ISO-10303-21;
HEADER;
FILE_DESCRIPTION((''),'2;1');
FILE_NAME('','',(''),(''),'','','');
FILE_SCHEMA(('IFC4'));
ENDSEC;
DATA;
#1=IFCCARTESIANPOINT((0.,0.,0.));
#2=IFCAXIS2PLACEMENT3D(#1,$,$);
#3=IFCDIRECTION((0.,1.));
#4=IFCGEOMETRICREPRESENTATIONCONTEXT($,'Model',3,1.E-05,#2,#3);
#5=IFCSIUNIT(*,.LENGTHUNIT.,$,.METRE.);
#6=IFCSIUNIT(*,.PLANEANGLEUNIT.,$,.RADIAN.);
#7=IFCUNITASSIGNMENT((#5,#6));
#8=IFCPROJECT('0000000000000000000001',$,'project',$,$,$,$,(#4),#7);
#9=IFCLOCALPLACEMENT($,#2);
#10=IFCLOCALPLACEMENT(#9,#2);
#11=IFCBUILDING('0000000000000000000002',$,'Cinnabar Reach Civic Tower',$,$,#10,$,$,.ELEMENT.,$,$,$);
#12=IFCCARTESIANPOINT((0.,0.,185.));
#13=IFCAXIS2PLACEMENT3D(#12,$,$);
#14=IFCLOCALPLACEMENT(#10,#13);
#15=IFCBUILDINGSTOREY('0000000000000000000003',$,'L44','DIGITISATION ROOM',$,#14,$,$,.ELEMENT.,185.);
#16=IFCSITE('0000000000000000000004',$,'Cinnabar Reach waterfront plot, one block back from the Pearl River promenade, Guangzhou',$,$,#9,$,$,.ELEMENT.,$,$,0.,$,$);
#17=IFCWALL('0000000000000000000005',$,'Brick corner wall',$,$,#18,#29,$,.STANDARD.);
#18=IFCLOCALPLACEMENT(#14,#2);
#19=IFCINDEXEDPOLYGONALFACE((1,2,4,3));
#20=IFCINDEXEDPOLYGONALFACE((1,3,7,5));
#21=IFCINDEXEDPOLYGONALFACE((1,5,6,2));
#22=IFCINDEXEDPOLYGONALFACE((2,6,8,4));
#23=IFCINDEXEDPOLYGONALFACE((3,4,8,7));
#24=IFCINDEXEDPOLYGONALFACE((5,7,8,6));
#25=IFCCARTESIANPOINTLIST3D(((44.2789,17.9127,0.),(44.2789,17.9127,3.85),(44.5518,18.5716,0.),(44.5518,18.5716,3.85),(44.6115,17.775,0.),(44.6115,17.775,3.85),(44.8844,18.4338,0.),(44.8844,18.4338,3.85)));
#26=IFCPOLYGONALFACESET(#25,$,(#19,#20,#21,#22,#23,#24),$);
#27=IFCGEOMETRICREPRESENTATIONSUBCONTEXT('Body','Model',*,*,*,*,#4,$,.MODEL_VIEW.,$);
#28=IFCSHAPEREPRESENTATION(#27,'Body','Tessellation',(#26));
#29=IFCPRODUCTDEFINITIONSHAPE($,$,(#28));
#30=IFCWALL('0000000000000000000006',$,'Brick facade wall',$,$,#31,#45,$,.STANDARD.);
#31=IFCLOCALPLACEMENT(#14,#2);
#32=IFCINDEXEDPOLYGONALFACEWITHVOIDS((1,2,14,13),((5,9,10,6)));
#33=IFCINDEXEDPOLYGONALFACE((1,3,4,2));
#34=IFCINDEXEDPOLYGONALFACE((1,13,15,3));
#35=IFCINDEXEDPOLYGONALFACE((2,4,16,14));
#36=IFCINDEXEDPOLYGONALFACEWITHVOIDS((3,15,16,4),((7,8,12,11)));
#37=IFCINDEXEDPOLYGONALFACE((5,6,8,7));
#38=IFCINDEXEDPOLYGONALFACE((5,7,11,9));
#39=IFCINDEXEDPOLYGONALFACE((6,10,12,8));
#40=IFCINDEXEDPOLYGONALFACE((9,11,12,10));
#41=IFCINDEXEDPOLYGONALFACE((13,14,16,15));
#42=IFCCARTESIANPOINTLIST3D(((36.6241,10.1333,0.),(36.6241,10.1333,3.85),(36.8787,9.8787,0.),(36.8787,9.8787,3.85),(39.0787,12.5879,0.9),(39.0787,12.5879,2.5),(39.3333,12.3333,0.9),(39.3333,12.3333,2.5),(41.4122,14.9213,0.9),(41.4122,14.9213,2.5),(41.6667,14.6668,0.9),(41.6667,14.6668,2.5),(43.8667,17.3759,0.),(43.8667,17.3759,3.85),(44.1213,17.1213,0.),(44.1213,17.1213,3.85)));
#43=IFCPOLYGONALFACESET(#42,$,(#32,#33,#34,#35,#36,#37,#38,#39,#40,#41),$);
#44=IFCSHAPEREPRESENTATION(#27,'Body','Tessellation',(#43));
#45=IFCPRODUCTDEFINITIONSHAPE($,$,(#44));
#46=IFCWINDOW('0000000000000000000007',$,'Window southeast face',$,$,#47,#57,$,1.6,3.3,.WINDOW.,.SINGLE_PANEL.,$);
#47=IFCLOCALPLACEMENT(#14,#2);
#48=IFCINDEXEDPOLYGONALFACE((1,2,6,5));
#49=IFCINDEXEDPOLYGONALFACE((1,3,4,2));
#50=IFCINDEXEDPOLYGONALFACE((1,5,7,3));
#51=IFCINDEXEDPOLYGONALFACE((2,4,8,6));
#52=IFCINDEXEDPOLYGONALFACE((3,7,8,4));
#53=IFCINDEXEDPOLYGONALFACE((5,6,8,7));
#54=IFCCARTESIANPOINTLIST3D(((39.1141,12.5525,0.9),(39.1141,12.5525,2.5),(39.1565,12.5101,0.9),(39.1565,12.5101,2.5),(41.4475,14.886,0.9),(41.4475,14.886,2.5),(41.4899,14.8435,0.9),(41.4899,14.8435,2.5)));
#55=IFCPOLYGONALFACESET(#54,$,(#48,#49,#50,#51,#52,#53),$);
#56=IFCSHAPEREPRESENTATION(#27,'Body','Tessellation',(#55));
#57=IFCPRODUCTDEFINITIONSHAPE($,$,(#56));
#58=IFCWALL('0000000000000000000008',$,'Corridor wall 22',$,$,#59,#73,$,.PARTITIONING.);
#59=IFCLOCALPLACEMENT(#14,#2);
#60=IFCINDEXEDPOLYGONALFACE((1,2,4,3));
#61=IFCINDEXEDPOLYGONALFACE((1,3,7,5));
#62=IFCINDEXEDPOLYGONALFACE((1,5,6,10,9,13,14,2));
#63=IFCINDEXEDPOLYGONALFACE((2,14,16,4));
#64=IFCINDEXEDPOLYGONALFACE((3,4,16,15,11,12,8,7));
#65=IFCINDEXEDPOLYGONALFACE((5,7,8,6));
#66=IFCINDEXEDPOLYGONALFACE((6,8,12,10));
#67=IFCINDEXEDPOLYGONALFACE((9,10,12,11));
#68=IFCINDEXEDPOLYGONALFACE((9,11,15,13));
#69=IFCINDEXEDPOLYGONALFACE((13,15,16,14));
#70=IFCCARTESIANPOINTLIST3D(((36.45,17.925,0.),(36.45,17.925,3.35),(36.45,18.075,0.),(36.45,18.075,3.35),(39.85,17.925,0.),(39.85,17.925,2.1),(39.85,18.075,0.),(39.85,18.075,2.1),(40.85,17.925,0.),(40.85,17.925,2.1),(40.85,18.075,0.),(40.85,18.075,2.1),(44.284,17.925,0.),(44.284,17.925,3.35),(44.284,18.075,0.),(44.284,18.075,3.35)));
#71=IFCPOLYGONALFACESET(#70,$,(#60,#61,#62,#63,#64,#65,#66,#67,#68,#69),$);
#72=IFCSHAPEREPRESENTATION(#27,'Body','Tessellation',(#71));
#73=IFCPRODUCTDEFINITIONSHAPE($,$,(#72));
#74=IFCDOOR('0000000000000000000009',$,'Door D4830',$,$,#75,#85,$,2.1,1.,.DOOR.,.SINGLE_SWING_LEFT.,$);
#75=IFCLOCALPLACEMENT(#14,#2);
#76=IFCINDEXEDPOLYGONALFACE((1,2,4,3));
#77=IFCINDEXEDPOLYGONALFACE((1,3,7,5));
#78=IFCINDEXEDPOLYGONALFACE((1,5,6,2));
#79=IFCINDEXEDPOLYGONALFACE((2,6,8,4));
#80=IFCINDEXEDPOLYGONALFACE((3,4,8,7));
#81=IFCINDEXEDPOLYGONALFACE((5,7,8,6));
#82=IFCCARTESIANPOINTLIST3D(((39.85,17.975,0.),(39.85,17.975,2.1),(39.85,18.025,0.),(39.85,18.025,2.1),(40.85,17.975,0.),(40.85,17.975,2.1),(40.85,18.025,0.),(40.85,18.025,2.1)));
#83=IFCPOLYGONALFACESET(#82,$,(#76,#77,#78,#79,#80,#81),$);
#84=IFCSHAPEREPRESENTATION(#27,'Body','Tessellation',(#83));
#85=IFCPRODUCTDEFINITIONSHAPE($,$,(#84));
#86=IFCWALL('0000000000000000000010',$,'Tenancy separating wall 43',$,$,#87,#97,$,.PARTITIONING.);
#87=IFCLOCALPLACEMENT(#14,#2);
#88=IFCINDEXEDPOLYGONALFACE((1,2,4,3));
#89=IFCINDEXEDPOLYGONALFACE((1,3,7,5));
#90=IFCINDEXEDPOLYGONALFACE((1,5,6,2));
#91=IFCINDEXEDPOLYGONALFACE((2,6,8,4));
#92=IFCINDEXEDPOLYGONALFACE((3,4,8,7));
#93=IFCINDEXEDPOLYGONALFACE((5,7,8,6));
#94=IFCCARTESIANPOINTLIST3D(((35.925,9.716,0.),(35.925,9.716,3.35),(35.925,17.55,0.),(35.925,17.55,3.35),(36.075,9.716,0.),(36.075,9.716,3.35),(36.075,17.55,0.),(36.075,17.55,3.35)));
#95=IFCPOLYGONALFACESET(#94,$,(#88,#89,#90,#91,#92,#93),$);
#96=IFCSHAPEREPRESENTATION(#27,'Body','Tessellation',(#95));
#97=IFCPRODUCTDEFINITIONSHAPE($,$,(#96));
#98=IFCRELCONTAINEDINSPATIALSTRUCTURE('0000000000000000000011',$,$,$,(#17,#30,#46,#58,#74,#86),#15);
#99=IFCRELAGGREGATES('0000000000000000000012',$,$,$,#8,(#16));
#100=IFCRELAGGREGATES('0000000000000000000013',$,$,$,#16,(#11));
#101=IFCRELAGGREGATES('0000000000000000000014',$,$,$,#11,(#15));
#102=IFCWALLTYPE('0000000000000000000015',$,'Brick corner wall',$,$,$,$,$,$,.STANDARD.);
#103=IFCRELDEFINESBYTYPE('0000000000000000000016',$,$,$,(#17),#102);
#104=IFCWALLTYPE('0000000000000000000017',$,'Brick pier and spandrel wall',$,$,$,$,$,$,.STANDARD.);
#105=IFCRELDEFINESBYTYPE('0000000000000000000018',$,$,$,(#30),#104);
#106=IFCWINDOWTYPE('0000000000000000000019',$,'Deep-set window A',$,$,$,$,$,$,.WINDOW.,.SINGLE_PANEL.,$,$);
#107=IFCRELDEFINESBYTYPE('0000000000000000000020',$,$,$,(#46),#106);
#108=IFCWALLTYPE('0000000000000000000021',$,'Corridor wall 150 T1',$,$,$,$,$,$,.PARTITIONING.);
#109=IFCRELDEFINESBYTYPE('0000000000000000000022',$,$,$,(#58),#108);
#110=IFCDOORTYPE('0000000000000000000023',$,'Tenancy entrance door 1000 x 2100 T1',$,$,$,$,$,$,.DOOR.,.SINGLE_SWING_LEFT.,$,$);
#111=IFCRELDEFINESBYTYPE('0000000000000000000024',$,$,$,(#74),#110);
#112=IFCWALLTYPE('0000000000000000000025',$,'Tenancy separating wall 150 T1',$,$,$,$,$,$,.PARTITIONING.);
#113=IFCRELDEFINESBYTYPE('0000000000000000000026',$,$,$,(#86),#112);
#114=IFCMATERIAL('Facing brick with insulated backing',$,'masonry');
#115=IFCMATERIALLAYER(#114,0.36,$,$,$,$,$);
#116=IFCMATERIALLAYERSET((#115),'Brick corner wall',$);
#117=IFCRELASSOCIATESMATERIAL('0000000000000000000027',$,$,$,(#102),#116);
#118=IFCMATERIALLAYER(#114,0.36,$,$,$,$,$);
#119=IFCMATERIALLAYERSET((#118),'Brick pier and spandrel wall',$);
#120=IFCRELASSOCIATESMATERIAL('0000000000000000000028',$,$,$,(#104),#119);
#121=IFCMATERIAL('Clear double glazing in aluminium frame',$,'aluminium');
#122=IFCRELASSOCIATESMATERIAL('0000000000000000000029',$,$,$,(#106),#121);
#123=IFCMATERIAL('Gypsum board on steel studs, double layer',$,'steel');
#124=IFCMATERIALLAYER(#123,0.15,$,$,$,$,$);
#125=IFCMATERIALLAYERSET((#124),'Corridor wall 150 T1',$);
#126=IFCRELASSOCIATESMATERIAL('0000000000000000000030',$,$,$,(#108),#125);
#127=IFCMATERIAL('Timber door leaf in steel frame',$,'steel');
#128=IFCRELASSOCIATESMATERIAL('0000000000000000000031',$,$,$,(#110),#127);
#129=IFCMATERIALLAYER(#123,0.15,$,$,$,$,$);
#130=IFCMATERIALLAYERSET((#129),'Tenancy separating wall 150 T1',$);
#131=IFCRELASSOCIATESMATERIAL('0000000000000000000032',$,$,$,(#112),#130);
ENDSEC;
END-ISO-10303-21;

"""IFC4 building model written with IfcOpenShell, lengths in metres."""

from ifc_helpers import new_model, si_unit, direction, frame, frame_2d, origin, place, context, subcontext, project, spatial, rectangle, extrude, material, layer, layer_set, type_object, element, fill, save


model = new_model("IFC4")

# Units and contexts
model_context = context("Model", 3, precision=1e-05, world=origin(), true_north=direction((0.0, 1.0)))
body_context = subcontext(model_context, "Body", "Model", "MODEL_VIEW")
ifc_project = project(units=[si_unit("LENGTHUNIT", "METRE"), si_unit("PLANEANGLEUNIT", "RADIAN")], contexts=[model_context])

# Site, building, storey
site_placement = place(None, origin())
site = spatial("IfcSite", under=ifc_project, at=site_placement, Name="Cinnabar Reach waterfront plot, one block back from the Pearl River promenade, Guangzhou", CompositionType="ELEMENT", RefElevation=0.0)
building_placement = place(site_placement, origin())
building = spatial("IfcBuilding", under=site, at=building_placement, Name="Cinnabar Reach Civic Tower", CompositionType="ELEMENT")
storey_placement = place(building_placement, frame((0.0, 0.0, 185.0)))
storey = spatial("IfcBuildingStorey", under=building, at=storey_placement, Name="L44", Description="DIGITISATION ROOM", CompositionType="ELEMENT", Elevation=185.0)

# Wall
ifc_material_1 = material(Name="Facing brick with insulated backing", Category="masonry")
ifc_layer_1 = layer(ifc_material_1, 0.36)
ifc_layer_set_1 = layer_set([ifc_layer_1], Name="Brick corner wall")
wall_type_1 = type_object("IfcWallType", Name="Brick corner wall", PredefinedType="STANDARD", material=ifc_layer_set_1)
wall_1_placement = place(storey_placement, frame((44.4452, 17.8439, 0.0), z_axis=(0.0, 0.0, 1.0), x_axis=(0.382703, 0.923872, 0.0)))
element("IfcWall", 1, at=wall_1_placement, inside=storey, type_object=wall_type_1, Name="Brick corner wall", PredefinedType="STANDARD", context=body_context, shape_type="SweptSolid", body=[
    extrude(rectangle(XDim=0.7131, YDim=0.36, at=frame_2d((0.3565, 0.0))), origin(), (0.0, 0.0, 1.0), 3.85),
])

# Wall, opening, window
ifc_layer_2 = layer(ifc_material_1, 0.36)
ifc_layer_set_2 = layer_set([ifc_layer_2], Name="Brick pier and spandrel wall")
wall_type_2 = type_object("IfcWallType", Name="Brick pier and spandrel wall", PredefinedType="STANDARD", material=ifc_layer_set_2)
wall_2_placement = place(storey_placement, frame((36.7514, 10.006, 0.0), z_axis=(0.0, 0.0, 1.0), x_axis=(0.707107, 0.707107, 0.0)))
wall_2 = element("IfcWall", 2, at=wall_2_placement, inside=storey, type_object=wall_type_2, Name="Brick facade wall", PredefinedType="STANDARD", context=body_context, shape_type="SweptSolid", body=[
    extrude(rectangle(XDim=10.2426, YDim=0.36, at=frame_2d((5.1213, 0.0))), origin(), (0.0, 0.0, 1.0), 3.85),
])
opening_1_placement = place(wall_2_placement, frame((3.4713, 0.0, 0.9)))
opening_1 = element("IfcOpeningElement", 3, at=opening_1_placement, cuts=wall_2, PredefinedType="OPENING", context=body_context, shape_type="SweptSolid", body=[
    extrude(rectangle(XDim=3.3, YDim=1.6, at=frame_2d((1.65, 0.8))), frame((0.0, 0.19, 0.0), z_axis=(0.0, -1.0, 0.0), x_axis=(1.0, 0.0, 0.0)), (0.0, 0.0, 1.0), 0.38),
])
ifc_material_2 = material(Name="Clear double glazing in aluminium frame", Category="aluminium")
window_type = type_object("IfcWindowType", Name="Deep-set window A", PartitioningType="SINGLE_PANEL", PredefinedType="WINDOW", material=ifc_material_2)
window_placement = place(opening_1_placement, origin())
window = element("IfcWindow", 4, at=window_placement, inside=storey, type_object=window_type, Name="Window southeast face", OverallHeight=1.6, OverallWidth=3.3, PartitioningType="SINGLE_PANEL", PredefinedType="WINDOW", context=body_context, shape_type="SweptSolid", body=[
    extrude(rectangle(XDim=3.3, YDim=1.6, at=frame_2d((1.65, 0.8))), frame((0.0, 0.13, 0.0), z_axis=(0.0, -1.0, 0.0), x_axis=(1.0, 0.0, 0.0)), (0.0, 0.0, 1.0), 0.06),
])
fill(opening_1, window)

# Wall, opening, door
ifc_material_3 = material(Name="Gypsum board on steel studs, double layer", Category="steel")
ifc_layer_3 = layer(ifc_material_3, 0.15)
ifc_layer_set_3 = layer_set([ifc_layer_3], Name="Corridor wall 150 T1")
wall_type_3 = type_object("IfcWallType", Name="Corridor wall 150 T1", PredefinedType="PARTITIONING", material=ifc_layer_set_3)
wall_3_placement = place(storey_placement, frame((36.45, 18.0, 0.0), z_axis=(0.0, 0.0, 1.0), x_axis=(1.0, 0.0, 0.0)))
wall_3 = element("IfcWall", 5, at=wall_3_placement, inside=storey, type_object=wall_type_3, Name="Corridor wall 22", PredefinedType="PARTITIONING", context=body_context, shape_type="SweptSolid", body=[
    extrude(rectangle(XDim=7.834, YDim=0.15, at=frame_2d((3.917, 0.0))), origin(), (0.0, 0.0, 1.0), 3.35),
])
opening_2_placement = place(wall_3_placement, frame((3.4, 0.0, 0.0)))
opening_2 = element("IfcOpeningElement", 6, at=opening_2_placement, cuts=wall_3, PredefinedType="OPENING", context=body_context, shape_type="SweptSolid", body=[
    extrude(rectangle(XDim=1.0, YDim=2.1, at=frame_2d((0.5, 1.05))), frame((0.0, 0.085, 0.0), z_axis=(0.0, -1.0, 0.0), x_axis=(1.0, 0.0, 0.0)), (0.0, 0.0, 1.0), 0.17),
])
ifc_material_4 = material(Name="Timber door leaf in steel frame", Category="steel")
door_type = type_object("IfcDoorType", Name="Tenancy entrance door 1000 x 2100 T1", OperationType="SINGLE_SWING_LEFT", PredefinedType="DOOR", material=ifc_material_4)
door_placement = place(opening_2_placement, frame((1.0, 0.0, 0.0), z_axis=(0.0, 0.0, 1.0), x_axis=(-1.0, 0.0, 0.0)))
door = element("IfcDoor", 7, at=door_placement, inside=storey, type_object=door_type, Name="Door D4830", OperationType="SINGLE_SWING_LEFT", OverallHeight=2.1, OverallWidth=1.0, PredefinedType="DOOR", context=body_context, shape_type="SweptSolid", body=[
    extrude(rectangle(XDim=1.0, YDim=2.1, at=frame_2d((0.5, 1.05))), frame((0.0, 0.025, 0.0), z_axis=(0.0, -1.0, 0.0), x_axis=(1.0, 0.0, 0.0)), (0.0, 0.0, 1.0), 0.05),
])
fill(opening_2, door)

# Wall
ifc_layer_4 = layer(ifc_material_3, 0.15)
ifc_layer_set_4 = layer_set([ifc_layer_4], Name="Tenancy separating wall 150 T1")
wall_type_4 = type_object("IfcWallType", Name="Tenancy separating wall 150 T1", PredefinedType="PARTITIONING", material=ifc_layer_set_4)
wall_4_placement = place(storey_placement, frame((36.0, 9.716, 0.0), z_axis=(0.0, 0.0, 1.0), x_axis=(0.0, 1.0, 0.0)))
element("IfcWall", 8, at=wall_4_placement, inside=storey, type_object=wall_type_4, Name="Tenancy separating wall 43", PredefinedType="PARTITIONING", context=body_context, shape_type="SweptSolid", body=[
    extrude(rectangle(XDim=7.834, YDim=0.15, at=frame_2d((3.917, 0.0))), origin(), (0.0, 0.0, 1.0), 3.35),
])

save(model, "model.ifc")
